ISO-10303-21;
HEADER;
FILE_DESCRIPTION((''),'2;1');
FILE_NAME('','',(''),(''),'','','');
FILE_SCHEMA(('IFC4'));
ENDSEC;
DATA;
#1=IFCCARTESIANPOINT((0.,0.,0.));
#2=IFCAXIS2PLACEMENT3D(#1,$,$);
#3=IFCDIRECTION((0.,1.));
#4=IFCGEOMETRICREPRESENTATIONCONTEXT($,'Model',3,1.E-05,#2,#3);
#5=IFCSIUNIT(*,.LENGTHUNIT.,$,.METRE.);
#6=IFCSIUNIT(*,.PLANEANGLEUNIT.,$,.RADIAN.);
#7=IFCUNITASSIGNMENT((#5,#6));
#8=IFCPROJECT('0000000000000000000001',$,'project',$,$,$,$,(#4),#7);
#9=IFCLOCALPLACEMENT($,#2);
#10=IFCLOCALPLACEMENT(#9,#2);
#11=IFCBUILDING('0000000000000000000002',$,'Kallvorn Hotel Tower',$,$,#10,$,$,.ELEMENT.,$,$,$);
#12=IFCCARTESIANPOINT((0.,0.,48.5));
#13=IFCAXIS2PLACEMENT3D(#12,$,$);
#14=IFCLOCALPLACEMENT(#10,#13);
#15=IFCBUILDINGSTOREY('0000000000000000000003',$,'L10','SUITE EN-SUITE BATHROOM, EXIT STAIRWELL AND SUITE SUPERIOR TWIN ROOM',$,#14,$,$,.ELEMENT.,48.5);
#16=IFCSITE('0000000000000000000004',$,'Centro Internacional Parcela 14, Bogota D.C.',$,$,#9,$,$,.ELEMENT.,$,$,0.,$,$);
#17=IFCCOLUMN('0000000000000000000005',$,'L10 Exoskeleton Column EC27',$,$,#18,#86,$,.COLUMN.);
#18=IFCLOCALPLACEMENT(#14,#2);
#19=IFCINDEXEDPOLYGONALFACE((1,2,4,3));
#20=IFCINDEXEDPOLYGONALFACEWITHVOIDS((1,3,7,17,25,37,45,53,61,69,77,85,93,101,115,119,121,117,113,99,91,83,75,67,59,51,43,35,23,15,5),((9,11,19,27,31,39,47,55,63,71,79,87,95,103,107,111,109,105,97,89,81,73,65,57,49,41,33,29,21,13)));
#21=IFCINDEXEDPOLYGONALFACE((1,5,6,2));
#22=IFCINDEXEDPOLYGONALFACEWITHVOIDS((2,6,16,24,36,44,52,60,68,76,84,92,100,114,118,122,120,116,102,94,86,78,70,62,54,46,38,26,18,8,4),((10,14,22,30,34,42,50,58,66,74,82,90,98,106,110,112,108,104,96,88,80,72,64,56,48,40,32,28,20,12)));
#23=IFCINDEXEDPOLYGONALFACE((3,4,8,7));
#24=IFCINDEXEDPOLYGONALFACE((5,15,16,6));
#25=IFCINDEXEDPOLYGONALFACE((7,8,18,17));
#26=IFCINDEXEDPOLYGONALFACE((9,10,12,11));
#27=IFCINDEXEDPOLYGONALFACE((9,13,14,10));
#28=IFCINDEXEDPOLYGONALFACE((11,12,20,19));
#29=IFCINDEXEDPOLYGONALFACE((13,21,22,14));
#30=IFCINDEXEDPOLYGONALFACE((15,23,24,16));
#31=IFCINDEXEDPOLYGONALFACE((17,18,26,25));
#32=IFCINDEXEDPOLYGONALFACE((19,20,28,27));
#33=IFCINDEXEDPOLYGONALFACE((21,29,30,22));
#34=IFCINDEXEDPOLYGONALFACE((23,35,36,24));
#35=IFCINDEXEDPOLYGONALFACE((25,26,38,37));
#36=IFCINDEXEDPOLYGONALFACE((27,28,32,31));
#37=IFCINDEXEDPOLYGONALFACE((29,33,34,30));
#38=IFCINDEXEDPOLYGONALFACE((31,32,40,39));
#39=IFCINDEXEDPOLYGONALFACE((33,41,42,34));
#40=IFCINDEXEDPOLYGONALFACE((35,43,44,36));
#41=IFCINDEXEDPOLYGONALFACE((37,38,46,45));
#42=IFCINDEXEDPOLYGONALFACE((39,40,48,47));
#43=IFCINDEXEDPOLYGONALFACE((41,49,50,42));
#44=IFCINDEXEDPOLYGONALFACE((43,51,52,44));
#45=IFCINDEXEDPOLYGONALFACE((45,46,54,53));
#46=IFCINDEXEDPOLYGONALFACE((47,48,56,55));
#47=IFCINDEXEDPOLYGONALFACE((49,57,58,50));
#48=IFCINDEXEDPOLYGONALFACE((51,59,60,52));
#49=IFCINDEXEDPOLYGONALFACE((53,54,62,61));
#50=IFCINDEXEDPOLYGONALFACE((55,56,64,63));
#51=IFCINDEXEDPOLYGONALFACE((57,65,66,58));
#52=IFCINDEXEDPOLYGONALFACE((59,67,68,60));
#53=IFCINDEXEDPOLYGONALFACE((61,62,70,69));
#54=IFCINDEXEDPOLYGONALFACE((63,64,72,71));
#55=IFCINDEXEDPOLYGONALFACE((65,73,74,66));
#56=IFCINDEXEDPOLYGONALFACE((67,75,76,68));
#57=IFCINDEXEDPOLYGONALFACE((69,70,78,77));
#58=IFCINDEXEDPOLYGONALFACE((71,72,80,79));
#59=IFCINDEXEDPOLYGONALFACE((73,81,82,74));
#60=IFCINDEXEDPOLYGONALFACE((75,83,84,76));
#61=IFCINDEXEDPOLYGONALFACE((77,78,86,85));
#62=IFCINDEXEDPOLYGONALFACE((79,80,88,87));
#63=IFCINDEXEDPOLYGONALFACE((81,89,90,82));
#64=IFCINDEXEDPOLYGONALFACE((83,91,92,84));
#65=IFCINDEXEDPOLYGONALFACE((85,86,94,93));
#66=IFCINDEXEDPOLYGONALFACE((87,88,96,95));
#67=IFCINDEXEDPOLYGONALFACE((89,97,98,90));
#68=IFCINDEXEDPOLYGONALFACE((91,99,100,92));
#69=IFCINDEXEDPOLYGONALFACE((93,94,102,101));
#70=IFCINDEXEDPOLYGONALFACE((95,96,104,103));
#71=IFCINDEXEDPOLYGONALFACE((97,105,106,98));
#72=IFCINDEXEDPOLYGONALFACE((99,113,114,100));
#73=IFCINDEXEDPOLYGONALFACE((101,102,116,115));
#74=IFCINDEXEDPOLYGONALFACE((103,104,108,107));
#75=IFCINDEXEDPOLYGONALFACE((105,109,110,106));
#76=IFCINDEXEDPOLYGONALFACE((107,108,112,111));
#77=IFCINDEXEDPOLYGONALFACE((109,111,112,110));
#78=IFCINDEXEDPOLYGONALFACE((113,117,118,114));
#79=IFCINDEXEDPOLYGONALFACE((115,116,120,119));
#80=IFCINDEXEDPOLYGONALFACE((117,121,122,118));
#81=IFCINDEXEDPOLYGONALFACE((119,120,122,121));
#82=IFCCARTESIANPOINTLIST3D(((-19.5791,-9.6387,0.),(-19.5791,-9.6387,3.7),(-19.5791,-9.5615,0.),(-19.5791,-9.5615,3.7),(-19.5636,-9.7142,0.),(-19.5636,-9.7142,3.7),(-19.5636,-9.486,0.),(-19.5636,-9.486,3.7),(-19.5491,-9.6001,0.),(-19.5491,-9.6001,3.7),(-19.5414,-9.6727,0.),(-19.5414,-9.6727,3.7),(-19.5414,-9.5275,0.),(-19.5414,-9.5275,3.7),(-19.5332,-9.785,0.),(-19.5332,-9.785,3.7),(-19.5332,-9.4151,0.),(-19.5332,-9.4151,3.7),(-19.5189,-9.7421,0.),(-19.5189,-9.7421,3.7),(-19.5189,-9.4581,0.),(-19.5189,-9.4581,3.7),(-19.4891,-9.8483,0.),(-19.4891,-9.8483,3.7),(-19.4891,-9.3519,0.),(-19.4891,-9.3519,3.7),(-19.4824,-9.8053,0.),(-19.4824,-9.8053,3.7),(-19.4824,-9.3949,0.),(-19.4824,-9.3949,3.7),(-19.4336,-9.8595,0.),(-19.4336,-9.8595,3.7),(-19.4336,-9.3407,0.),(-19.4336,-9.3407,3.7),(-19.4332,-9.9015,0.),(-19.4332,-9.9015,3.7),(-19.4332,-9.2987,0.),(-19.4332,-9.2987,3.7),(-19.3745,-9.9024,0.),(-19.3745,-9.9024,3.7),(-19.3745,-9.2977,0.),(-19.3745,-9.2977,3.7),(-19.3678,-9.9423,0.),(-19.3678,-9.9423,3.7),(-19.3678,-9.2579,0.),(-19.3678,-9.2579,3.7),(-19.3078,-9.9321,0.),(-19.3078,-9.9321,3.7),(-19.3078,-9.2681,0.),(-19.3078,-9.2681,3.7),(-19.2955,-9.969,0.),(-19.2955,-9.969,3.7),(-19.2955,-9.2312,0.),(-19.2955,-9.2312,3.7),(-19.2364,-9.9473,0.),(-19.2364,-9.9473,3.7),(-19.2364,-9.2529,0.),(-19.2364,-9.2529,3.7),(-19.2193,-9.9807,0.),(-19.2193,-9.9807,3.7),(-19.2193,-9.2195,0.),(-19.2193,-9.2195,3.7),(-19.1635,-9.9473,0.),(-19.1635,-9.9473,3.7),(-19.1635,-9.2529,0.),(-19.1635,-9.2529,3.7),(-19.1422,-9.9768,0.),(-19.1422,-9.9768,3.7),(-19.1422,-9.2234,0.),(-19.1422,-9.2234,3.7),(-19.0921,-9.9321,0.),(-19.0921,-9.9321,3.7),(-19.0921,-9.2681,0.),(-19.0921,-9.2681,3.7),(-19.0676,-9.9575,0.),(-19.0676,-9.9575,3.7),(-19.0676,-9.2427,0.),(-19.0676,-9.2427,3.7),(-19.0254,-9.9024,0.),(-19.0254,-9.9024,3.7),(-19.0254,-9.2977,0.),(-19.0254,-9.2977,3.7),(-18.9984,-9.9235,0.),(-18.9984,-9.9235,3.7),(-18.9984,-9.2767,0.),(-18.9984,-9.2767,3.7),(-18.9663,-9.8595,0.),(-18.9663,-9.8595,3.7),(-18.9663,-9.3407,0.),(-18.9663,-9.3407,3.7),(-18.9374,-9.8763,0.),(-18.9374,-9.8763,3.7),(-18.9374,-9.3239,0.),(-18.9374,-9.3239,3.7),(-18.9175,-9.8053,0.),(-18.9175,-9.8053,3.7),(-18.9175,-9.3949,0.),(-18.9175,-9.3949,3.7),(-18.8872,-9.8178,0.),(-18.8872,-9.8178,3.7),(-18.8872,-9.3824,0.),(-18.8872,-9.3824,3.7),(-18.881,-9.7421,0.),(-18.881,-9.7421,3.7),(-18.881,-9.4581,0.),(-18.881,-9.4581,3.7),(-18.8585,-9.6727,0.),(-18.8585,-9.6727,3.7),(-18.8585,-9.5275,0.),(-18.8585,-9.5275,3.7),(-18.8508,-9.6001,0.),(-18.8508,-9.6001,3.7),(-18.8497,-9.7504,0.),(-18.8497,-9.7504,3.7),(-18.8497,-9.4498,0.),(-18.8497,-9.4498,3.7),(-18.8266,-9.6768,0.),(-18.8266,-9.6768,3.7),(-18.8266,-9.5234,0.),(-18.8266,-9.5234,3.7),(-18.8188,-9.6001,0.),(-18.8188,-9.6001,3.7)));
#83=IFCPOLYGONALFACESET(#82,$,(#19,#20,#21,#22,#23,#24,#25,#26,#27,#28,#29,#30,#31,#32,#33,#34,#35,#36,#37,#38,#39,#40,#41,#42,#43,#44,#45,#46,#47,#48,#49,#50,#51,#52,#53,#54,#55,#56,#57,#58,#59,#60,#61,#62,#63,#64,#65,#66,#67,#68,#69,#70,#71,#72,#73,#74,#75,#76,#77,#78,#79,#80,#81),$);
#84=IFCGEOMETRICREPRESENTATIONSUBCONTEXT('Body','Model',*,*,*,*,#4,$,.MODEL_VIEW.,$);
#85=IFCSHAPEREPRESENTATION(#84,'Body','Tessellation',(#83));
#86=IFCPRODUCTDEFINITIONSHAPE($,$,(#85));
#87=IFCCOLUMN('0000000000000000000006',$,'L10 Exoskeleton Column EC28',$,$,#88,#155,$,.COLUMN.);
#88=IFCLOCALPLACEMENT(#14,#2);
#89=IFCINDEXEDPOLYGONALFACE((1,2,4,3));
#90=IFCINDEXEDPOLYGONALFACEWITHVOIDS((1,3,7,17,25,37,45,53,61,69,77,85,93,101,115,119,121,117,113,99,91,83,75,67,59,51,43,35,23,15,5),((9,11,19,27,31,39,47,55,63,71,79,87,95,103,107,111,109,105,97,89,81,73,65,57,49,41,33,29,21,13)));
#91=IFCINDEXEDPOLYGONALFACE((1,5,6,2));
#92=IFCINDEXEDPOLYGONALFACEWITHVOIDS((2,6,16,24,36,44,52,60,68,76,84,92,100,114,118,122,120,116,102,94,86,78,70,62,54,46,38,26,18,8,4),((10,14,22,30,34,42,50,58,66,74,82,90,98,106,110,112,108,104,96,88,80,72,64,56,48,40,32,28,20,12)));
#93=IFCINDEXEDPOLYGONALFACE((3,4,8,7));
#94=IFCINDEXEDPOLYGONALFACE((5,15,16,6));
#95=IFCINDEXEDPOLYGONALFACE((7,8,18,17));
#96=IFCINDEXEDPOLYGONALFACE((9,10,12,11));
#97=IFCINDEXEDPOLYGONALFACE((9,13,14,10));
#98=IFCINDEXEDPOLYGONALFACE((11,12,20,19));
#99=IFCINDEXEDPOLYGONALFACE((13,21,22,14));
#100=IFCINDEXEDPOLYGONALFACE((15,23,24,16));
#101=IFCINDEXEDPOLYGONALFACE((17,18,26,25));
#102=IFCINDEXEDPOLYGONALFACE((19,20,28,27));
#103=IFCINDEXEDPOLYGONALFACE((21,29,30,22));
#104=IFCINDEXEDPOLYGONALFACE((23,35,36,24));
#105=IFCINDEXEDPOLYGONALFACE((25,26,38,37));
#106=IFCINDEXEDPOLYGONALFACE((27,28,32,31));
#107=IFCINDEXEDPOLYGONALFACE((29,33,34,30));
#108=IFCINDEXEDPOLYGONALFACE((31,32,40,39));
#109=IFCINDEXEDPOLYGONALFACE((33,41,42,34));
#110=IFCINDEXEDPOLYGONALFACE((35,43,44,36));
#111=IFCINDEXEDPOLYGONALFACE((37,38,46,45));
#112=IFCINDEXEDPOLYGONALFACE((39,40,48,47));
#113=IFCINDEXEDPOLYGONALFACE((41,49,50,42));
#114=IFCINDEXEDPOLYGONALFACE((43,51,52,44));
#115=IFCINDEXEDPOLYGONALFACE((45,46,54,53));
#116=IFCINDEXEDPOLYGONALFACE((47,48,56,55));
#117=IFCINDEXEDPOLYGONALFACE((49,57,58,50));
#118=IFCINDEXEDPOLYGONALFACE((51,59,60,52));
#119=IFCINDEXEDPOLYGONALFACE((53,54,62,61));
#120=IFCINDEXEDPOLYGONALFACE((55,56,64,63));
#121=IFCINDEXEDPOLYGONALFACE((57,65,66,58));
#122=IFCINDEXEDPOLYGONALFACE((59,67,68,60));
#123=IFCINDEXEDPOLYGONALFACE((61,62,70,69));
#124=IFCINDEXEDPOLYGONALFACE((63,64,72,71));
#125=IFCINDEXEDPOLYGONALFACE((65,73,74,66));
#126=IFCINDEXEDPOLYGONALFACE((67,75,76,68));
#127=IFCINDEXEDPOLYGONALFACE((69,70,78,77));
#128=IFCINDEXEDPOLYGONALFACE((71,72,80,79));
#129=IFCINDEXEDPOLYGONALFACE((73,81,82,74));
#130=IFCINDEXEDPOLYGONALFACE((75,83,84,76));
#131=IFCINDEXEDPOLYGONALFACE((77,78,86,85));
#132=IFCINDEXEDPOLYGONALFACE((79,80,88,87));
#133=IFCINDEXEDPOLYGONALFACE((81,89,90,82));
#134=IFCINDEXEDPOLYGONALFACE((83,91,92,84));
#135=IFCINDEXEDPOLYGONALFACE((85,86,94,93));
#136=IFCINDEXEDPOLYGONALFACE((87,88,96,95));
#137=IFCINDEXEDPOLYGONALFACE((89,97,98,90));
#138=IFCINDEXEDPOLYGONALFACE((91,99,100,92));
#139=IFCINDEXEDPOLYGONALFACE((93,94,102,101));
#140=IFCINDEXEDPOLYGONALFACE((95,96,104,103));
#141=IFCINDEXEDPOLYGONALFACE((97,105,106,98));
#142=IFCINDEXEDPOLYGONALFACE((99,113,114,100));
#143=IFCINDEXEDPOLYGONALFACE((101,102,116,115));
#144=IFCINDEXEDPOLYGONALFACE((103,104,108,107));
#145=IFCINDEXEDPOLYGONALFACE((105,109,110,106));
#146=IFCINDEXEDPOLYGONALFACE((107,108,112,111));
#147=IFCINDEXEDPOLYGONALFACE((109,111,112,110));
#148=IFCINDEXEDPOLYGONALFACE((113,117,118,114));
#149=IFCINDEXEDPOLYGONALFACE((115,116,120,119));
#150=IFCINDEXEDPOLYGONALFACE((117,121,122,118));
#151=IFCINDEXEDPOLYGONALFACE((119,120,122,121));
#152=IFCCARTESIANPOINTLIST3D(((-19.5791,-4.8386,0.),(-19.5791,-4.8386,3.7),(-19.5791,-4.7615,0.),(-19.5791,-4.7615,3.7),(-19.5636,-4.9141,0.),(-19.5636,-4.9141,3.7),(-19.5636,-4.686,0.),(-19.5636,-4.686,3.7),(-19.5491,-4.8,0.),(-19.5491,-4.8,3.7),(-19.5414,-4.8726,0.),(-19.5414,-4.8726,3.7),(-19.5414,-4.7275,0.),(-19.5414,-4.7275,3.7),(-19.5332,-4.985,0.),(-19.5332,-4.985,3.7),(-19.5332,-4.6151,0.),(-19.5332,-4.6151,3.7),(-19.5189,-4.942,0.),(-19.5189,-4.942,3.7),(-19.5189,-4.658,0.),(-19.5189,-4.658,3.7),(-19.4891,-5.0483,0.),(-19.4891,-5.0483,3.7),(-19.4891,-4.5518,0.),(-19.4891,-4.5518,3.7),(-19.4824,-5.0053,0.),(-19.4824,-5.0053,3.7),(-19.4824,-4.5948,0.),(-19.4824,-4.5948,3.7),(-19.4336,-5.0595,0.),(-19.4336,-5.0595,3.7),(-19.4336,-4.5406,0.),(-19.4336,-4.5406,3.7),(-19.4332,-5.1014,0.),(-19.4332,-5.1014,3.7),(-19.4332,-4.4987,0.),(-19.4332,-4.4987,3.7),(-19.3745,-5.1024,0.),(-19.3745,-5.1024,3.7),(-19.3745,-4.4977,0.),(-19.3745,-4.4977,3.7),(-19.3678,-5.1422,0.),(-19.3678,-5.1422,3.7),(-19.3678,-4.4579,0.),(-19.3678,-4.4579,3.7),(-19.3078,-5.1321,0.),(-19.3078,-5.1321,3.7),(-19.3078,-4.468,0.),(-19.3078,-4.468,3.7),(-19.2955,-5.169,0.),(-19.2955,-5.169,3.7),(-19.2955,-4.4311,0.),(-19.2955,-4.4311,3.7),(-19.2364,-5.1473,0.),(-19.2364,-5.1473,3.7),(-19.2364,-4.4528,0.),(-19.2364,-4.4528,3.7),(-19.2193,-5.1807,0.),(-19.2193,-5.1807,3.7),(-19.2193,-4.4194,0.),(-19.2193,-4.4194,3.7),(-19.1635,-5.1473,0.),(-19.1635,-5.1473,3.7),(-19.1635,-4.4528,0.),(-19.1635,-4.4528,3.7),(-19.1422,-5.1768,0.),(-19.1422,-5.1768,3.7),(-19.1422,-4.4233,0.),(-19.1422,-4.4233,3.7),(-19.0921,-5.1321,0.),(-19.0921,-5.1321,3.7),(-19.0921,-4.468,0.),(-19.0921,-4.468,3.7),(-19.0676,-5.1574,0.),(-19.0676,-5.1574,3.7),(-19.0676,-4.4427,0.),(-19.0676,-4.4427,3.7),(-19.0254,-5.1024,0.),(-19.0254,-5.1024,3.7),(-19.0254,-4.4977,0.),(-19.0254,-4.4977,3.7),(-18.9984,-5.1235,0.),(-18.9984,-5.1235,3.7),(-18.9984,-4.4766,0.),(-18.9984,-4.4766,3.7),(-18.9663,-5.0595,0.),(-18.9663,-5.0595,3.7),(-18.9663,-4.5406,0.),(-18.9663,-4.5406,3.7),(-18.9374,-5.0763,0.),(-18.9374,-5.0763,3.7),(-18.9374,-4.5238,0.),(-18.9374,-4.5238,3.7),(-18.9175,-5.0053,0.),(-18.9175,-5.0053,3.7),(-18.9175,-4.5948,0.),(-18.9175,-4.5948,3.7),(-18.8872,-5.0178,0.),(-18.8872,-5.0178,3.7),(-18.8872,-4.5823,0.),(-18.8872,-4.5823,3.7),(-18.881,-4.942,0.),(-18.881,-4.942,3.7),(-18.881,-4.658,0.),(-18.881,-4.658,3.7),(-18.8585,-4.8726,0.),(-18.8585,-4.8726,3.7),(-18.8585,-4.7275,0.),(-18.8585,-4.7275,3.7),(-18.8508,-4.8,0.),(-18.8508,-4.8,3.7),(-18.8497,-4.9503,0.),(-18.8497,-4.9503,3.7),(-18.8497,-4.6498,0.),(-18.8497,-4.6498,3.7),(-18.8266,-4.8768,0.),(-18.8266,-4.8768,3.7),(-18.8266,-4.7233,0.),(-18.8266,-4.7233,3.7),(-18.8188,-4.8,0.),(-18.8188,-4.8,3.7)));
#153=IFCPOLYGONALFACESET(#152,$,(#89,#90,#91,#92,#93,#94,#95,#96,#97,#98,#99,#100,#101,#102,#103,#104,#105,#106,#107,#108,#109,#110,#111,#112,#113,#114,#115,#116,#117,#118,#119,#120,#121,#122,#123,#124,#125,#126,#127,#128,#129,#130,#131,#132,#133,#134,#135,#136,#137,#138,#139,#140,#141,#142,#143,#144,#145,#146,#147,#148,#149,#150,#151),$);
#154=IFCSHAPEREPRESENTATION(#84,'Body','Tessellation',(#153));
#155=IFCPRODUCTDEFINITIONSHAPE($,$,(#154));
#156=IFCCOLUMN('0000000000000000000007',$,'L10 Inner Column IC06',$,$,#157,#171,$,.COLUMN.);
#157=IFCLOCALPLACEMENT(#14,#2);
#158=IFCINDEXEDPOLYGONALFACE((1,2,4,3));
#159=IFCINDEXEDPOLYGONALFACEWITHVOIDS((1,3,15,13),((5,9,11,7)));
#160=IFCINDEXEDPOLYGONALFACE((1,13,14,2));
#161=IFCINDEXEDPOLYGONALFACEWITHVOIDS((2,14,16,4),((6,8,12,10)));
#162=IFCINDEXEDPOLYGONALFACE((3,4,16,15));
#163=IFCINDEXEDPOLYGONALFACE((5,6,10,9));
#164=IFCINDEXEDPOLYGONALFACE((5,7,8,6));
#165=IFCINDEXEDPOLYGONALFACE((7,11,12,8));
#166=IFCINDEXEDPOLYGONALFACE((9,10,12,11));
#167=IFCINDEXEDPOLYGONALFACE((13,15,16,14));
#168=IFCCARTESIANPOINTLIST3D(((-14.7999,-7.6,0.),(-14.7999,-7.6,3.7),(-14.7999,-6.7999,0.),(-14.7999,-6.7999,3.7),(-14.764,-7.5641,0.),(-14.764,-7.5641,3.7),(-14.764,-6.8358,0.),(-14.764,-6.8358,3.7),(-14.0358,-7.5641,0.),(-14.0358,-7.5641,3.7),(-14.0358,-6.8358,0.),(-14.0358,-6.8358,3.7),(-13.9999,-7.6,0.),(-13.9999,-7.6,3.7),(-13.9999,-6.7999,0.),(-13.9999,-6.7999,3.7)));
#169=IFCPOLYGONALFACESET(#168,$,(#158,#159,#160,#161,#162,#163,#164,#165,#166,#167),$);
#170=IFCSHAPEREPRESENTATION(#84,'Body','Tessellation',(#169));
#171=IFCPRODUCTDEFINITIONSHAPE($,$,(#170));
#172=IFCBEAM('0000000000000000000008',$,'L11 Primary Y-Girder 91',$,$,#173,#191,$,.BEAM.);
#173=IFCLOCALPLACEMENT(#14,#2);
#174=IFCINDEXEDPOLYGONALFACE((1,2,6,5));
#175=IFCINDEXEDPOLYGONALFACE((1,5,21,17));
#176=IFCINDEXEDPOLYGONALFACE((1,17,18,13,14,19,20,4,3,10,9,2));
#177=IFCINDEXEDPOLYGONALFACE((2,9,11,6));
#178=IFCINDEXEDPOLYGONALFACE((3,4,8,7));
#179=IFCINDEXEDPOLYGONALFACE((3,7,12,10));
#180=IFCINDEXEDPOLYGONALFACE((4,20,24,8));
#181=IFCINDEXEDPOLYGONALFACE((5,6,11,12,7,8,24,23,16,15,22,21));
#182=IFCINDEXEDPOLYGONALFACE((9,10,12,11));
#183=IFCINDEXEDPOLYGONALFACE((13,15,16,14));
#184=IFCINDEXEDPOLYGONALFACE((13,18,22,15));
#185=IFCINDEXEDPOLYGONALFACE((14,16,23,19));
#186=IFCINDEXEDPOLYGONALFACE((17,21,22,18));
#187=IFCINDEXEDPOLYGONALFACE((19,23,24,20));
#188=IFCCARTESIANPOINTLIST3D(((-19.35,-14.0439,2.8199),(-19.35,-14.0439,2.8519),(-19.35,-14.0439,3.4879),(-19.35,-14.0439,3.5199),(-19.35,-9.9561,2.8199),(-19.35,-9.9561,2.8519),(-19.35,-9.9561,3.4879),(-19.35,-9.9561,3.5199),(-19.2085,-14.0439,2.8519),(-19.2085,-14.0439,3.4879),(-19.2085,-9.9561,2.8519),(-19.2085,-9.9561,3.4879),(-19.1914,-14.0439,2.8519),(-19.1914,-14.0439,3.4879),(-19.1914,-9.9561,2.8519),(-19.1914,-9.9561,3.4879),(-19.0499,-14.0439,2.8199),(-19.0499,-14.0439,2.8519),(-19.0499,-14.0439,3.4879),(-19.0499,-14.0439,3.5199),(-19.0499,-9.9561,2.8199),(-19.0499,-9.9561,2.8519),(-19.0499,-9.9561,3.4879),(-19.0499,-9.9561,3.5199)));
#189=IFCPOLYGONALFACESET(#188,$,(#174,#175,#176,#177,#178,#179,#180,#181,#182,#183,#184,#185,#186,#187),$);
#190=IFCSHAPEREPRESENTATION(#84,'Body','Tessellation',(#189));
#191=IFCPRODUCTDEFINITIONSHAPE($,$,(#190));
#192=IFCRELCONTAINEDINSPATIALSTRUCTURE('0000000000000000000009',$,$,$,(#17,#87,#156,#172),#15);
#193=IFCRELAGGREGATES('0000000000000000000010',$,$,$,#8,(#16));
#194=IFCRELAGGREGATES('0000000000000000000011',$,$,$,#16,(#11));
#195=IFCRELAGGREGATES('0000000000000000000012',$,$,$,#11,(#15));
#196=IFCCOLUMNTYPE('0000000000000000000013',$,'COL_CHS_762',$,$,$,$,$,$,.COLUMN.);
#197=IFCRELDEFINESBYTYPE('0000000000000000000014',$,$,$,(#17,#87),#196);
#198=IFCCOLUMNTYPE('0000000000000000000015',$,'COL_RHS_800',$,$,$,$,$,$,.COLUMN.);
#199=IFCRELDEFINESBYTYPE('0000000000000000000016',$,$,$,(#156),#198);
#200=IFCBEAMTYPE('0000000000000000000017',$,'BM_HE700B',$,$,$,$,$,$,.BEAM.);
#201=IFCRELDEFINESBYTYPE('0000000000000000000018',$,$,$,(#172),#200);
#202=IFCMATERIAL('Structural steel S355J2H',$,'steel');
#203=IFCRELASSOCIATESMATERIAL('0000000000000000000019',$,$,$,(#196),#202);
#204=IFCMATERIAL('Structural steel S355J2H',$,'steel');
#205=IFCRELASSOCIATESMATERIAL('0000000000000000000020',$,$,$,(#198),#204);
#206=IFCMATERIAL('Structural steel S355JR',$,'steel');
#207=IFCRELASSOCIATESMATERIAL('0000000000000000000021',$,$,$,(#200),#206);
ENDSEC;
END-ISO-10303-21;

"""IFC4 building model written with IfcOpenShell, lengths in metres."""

from ifc_helpers import new_model, si_unit, direction, frame, origin, origin_2d, place, context, subcontext, project, spatial, hollow_rectangle, hollow_circle, i_section, extrude, material, material_profile, profile_set, type_object, element, save


model = new_model("IFC4")

# Units and contexts
model_context = context("Model", 3, precision=1e-05, world=origin(), true_north=direction((0.0, 1.0)))
body_context = subcontext(model_context, "Body", "Model", "MODEL_VIEW")
ifc_project = project(units=[si_unit("LENGTHUNIT", "METRE"), si_unit("PLANEANGLEUNIT", "RADIAN")], contexts=[model_context])

# Site, building, storey
site_placement = place(None, origin())
site = spatial("IfcSite", under=ifc_project, at=site_placement, Name="Centro Internacional Parcela 14, Bogota D.C.", CompositionType="ELEMENT", RefElevation=0.0)
building_placement = place(site_placement, origin())
building = spatial("IfcBuilding", under=site, at=building_placement, Name="Kallvorn Hotel Tower", CompositionType="ELEMENT")
storey_placement = place(building_placement, frame((0.0, 0.0, 48.5)))
storey = spatial("IfcBuildingStorey", under=building, at=storey_placement, Name="L10", Description="SUITE EN-SUITE BATHROOM, EXIT STAIRWELL AND SUITE SUPERIOR TWIN ROOM", CompositionType="ELEMENT", Elevation=48.5)

# Columns
ifc_material_1 = material(Name="Structural steel S355J2H", Category="steel")
ifc_material_profile_1 = material_profile(ifc_material_1, hollow_circle(Radius=0.3811, WallThickness=0.032, at=origin_2d()), Name="CHS 762x32")
ifc_profile_set_1 = profile_set([ifc_material_profile_1], Name="Structural steel S355J2H")
column_type_1 = type_object("IfcColumnType", Name="COL_CHS_762", PredefinedType="COLUMN", material=ifc_profile_set_1)
for number, where, z_axis, x_axis, name in (
    (1, (-19.2, -9.6001, 0.0), (0.0, 0.0, 1.0), (1.0, 0.0, 0.0), "L10 Exoskeleton Column EC27"),
    (2, (-19.2, -4.8, 0.0), (0.0, 0.0, 1.0), (1.0, 0.0, 0.0), "L10 Exoskeleton Column EC28"),
):
    element("IfcColumn", number, at=place(storey_placement, frame(where, z_axis=z_axis, x_axis=x_axis)), inside=storey, type_object=column_type_1, Name=name, PredefinedType="COLUMN", context=body_context, shape_type="SweptSolid", body=[
        extrude(hollow_circle(Radius=0.3811, WallThickness=0.032, at=origin_2d()), origin(), (0.0, 0.0, 1.0), 3.7),
    ])
ifc_material_2 = material(Name="Structural steel S355J2H", Category="steel")
ifc_material_profile_2 = material_profile(ifc_material_2, hollow_rectangle(XDim=0.8, YDim=0.8, WallThickness=0.0359, at=origin_2d()), Name="RHS 800x800x36")
ifc_profile_set_2 = profile_set([ifc_material_profile_2], Name="Structural steel S355J2H")
column_type_2 = type_object("IfcColumnType", Name="COL_RHS_800", PredefinedType="COLUMN", material=ifc_profile_set_2)
column_placement = place(storey_placement, frame((-14.3999, -7.2, 0.0), z_axis=(0.0, 0.0, 1.0), x_axis=(1.0, 0.0, 0.0)))
element("IfcColumn", 3, at=column_placement, inside=storey, type_object=column_type_2, Name="L10 Inner Column IC06", PredefinedType="COLUMN", context=body_context, shape_type="SweptSolid", body=[
    extrude(hollow_rectangle(XDim=0.8, YDim=0.8, WallThickness=0.0359, at=origin_2d()), origin(), (0.0, 0.0, 1.0), 3.7),
])

# Beam
ifc_material_3 = material(Name="Structural steel S355JR", Category="steel")
ifc_material_profile_3 = material_profile(ifc_material_3, i_section(OverallWidth=0.3, OverallDepth=0.7, WebThickness=0.0171, FlangeThickness=0.032, at=origin_2d()), Name="HE 700 B")
ifc_profile_set_3 = profile_set([ifc_material_profile_3], Name="Structural steel S355JR")
beam_type_1 = type_object("IfcBeamType", Name="BM_HE700B", PredefinedType="BEAM", material=ifc_profile_set_3)
beam_1_placement = place(storey_placement, frame((-19.2, -14.0439, 3.1699), z_axis=(0.0, 1.0, 0.0), x_axis=(-1.0, 0.0, 0.0)))
element("IfcBeam", 4, at=beam_1_placement, inside=storey, type_object=beam_type_1, Name="L11 Primary Y-Girder 91", PredefinedType="BEAM", context=body_context, shape_type="SweptSolid", body=[
    extrude(i_section(OverallWidth=0.3, OverallDepth=0.7, WebThickness=0.0171, FlangeThickness=0.032, at=origin_2d()), origin(), (0.0, 0.0, 1.0), 4.0879),
])

save(model, "model.ifc")
